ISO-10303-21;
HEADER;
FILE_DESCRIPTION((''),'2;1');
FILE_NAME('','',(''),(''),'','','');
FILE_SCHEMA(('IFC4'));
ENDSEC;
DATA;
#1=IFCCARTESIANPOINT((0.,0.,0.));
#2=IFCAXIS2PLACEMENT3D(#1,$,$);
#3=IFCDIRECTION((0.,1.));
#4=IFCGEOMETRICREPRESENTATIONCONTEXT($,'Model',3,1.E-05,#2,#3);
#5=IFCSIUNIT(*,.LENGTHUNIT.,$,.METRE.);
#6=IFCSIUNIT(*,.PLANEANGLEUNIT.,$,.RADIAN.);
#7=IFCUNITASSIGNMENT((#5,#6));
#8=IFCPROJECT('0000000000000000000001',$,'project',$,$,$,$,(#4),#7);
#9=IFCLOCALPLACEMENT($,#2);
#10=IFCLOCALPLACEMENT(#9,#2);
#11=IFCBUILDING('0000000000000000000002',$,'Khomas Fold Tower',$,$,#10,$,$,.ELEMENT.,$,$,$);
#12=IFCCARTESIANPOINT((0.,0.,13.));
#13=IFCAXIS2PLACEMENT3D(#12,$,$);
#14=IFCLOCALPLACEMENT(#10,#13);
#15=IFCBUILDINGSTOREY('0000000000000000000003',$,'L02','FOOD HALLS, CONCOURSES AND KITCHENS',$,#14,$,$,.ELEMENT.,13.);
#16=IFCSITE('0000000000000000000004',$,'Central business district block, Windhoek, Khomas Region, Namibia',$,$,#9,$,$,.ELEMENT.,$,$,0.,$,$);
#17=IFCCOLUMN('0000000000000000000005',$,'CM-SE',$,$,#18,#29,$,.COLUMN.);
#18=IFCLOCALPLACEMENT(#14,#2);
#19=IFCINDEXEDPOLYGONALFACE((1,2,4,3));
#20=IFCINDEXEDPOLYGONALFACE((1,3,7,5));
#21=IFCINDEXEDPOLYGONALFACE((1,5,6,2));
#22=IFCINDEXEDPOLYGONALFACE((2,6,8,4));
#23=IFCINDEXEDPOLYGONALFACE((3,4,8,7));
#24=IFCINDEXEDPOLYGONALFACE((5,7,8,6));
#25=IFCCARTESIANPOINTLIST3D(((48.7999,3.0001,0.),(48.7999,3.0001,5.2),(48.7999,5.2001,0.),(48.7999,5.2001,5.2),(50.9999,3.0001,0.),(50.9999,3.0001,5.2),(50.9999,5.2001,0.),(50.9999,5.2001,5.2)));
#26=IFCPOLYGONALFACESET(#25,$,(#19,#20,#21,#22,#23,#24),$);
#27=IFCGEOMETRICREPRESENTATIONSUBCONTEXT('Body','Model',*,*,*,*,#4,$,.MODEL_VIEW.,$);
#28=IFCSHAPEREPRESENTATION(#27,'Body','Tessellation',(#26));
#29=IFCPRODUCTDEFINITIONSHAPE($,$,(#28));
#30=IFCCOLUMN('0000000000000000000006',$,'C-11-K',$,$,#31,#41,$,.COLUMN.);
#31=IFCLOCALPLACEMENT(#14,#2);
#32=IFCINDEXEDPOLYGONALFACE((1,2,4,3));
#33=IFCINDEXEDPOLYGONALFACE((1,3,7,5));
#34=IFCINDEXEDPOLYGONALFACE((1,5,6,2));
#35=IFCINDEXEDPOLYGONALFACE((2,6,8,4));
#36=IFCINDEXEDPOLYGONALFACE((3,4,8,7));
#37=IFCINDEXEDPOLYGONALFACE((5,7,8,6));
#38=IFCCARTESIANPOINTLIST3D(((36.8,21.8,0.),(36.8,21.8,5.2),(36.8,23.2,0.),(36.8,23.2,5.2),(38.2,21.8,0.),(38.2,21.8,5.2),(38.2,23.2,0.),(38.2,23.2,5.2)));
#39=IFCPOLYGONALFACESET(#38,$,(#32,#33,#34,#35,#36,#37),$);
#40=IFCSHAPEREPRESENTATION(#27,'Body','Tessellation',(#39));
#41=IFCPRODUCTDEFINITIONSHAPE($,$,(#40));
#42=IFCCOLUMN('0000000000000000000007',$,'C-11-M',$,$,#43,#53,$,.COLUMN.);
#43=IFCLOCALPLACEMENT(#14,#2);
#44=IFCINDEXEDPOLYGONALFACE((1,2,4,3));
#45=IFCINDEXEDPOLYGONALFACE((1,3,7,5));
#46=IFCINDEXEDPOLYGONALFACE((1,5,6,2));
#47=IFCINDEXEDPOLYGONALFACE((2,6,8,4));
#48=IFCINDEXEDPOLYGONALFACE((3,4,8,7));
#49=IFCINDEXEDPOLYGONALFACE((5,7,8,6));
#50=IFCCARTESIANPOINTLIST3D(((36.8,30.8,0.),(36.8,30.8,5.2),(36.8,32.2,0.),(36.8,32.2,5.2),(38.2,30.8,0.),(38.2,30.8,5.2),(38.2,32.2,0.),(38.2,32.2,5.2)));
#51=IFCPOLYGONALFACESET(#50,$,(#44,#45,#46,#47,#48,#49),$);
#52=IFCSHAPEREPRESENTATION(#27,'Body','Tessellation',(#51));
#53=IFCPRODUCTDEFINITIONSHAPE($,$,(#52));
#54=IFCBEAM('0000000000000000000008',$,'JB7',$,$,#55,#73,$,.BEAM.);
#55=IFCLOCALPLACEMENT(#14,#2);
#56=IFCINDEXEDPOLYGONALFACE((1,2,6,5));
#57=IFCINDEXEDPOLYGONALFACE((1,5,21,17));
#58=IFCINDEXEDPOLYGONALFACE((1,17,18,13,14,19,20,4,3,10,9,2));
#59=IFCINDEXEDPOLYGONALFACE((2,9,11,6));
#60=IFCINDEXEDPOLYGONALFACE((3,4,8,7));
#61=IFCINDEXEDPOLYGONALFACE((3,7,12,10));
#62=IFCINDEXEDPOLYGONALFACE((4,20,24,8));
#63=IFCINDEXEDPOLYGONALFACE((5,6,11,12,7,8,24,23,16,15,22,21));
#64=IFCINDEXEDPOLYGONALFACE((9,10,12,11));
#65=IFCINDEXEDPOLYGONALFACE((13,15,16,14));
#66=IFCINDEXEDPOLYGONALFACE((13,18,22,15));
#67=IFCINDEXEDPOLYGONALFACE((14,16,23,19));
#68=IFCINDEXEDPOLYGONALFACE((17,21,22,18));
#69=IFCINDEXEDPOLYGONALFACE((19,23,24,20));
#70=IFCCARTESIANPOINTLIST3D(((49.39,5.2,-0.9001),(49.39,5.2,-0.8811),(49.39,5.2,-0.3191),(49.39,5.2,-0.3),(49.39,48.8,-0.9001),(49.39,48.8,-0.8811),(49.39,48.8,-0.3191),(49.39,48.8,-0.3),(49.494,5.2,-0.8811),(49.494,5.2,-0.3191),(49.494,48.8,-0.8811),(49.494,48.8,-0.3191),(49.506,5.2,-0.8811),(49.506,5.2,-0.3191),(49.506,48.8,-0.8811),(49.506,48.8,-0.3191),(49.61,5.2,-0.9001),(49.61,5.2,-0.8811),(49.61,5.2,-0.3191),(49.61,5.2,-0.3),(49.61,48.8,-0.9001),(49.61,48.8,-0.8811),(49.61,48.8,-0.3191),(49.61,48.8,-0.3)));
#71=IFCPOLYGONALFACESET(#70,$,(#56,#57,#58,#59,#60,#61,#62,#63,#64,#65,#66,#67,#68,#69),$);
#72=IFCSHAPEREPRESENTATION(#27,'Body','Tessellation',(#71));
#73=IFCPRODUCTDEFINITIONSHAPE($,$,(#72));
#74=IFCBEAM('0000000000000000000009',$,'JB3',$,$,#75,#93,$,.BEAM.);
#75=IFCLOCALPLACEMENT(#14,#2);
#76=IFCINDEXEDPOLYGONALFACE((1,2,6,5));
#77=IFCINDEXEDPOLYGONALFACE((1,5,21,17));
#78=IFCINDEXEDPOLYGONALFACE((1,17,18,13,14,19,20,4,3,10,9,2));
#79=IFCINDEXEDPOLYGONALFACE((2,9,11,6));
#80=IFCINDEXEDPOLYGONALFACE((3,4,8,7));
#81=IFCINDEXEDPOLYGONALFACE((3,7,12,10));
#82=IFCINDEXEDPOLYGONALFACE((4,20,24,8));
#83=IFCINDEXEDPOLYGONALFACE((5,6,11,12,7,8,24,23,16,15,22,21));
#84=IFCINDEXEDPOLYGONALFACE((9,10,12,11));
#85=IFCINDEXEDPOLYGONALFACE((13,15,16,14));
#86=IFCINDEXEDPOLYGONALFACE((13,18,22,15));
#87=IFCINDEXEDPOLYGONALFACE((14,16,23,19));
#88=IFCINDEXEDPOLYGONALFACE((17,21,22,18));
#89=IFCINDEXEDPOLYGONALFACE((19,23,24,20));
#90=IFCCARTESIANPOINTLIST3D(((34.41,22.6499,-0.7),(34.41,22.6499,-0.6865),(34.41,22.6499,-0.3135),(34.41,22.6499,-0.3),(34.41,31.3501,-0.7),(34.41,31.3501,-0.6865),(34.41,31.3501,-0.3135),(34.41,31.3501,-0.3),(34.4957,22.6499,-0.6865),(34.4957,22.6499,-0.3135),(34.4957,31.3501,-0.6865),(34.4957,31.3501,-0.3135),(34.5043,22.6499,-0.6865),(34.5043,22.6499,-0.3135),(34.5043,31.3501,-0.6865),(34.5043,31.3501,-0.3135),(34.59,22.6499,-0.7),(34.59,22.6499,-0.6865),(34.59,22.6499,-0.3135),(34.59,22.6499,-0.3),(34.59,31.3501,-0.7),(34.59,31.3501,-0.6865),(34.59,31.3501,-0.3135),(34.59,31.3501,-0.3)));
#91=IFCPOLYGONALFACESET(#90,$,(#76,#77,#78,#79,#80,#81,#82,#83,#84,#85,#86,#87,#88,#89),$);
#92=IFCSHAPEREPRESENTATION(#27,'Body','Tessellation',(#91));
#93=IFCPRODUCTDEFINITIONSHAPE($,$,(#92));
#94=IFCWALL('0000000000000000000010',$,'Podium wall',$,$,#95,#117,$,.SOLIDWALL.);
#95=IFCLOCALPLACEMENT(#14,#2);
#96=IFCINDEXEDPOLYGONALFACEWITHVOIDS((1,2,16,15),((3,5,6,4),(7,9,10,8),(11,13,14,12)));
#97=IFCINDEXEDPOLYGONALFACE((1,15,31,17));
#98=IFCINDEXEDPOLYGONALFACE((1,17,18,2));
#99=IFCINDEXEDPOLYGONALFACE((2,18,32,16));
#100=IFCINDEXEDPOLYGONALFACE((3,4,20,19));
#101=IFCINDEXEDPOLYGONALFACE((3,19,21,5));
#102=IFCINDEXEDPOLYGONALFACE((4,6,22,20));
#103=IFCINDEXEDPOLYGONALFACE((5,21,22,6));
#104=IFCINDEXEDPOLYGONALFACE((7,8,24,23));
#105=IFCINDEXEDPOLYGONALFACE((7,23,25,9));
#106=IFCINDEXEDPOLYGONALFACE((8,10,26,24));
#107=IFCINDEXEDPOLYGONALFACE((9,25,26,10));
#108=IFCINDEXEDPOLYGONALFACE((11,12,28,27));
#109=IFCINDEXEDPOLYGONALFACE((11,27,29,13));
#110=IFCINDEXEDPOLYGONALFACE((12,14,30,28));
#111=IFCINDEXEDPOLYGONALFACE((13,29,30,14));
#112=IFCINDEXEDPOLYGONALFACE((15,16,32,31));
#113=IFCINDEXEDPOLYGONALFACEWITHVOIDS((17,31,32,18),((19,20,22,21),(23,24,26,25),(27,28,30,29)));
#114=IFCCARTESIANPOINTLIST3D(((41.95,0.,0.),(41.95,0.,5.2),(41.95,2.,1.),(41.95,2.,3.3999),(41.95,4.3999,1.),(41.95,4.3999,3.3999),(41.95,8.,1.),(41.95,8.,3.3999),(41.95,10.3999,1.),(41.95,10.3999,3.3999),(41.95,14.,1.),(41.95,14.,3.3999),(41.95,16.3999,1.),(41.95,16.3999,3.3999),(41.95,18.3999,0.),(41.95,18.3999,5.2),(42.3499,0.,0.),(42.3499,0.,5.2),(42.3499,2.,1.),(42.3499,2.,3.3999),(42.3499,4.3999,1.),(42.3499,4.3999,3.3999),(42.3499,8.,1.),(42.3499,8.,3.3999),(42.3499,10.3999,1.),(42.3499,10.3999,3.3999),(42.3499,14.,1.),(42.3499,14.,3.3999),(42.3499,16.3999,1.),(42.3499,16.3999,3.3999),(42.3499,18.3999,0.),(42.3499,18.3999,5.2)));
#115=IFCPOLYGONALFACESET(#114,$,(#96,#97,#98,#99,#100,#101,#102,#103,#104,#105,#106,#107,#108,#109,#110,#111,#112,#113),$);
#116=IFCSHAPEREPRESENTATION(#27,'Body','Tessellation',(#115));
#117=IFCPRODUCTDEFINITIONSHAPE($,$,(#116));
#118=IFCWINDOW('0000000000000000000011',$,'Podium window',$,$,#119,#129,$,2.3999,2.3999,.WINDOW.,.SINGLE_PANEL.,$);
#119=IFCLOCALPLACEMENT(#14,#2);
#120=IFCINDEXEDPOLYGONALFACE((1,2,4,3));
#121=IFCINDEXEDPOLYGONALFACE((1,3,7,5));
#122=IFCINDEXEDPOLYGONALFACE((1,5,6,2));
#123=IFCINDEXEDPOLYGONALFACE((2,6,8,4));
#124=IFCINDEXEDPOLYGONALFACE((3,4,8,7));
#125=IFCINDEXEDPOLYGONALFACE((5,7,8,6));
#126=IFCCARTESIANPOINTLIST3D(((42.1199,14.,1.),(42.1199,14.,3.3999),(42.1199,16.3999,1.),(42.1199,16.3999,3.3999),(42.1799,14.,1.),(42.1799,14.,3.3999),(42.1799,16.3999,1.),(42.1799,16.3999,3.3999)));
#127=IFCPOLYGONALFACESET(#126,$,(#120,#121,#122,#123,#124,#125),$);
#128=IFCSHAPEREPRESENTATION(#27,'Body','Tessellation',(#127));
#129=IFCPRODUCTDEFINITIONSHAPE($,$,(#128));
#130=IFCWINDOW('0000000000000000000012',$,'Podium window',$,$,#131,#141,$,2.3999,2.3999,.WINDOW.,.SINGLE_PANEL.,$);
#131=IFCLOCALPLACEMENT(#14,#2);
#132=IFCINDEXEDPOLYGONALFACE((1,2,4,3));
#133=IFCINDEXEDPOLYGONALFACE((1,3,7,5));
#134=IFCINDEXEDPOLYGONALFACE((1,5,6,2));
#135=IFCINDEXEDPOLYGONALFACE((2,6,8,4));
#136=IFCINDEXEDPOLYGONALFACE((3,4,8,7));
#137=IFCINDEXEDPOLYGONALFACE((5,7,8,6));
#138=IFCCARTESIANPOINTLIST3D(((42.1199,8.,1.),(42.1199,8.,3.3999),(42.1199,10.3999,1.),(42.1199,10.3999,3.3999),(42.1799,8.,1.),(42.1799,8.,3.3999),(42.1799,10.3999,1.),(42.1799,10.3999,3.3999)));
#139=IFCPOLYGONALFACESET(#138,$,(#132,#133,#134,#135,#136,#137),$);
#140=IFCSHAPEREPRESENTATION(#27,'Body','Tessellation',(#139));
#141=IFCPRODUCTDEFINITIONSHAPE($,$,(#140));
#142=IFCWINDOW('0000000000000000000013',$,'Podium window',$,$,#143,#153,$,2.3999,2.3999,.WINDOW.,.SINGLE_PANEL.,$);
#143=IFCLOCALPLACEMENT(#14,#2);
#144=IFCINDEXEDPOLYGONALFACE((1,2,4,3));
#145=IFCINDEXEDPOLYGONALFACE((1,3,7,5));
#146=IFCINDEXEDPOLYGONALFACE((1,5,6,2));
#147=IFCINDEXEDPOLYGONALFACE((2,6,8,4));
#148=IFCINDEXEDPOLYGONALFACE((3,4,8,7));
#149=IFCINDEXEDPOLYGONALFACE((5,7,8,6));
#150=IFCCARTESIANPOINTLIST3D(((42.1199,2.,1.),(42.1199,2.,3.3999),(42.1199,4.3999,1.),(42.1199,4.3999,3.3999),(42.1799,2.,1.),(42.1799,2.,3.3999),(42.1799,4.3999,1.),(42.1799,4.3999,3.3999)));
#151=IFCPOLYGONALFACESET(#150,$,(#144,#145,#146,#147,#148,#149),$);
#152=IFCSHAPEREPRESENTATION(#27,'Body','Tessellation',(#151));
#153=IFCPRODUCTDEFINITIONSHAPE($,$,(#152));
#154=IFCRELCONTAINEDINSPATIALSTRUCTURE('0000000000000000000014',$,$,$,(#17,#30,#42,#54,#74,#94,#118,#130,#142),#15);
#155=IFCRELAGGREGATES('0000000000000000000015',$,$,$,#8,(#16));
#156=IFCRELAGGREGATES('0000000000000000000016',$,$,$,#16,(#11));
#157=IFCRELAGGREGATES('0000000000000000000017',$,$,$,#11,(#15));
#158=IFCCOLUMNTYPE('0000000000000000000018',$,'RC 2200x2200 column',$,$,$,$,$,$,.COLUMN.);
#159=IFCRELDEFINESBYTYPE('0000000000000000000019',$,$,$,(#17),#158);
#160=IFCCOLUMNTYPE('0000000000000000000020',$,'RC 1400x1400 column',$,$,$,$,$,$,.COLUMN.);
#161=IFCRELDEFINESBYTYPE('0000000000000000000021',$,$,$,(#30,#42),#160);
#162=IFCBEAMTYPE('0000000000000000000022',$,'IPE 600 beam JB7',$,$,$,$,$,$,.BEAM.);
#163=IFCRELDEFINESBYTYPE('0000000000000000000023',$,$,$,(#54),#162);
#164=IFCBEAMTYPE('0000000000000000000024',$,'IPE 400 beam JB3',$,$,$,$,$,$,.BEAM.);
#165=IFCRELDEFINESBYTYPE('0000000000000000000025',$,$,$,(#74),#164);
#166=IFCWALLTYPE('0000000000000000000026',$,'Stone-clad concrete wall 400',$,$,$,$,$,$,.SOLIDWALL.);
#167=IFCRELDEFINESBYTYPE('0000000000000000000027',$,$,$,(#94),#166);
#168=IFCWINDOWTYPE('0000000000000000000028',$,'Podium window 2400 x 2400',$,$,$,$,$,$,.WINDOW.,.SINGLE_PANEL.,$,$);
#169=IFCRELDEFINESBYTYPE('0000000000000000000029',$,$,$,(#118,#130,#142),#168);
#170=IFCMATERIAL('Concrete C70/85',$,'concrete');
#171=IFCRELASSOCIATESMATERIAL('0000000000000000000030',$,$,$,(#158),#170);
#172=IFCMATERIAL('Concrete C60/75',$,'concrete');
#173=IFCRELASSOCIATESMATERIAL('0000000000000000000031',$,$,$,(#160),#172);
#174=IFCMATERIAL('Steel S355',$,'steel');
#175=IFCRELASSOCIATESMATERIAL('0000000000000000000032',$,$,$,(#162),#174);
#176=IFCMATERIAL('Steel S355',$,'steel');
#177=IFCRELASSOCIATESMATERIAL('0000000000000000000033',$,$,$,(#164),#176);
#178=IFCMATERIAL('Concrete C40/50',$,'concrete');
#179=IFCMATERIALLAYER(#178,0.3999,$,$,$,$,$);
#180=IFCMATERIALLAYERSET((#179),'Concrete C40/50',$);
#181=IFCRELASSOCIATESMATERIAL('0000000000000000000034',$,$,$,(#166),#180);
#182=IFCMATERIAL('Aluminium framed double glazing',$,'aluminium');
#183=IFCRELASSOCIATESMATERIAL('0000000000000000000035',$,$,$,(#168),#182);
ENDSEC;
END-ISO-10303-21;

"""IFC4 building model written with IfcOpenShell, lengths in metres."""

from ifc_helpers import new_model, si_unit, direction, frame, frame_2d, origin, origin_2d, place, context, subcontext, project, spatial, rectangle, i_section, extrude, source, transform, mapped, material, layer, layer_set, material_profile, profile_set, type_object, element, fill, save


model = new_model("IFC4")

# Units and contexts
model_context = context("Model", 3, precision=1e-05, world=origin(), true_north=direction((0.0, 1.0)))
body_context = subcontext(model_context, "Body", "Model", "MODEL_VIEW")
ifc_project = project(units=[si_unit("LENGTHUNIT", "METRE"), si_unit("PLANEANGLEUNIT", "RADIAN")], contexts=[model_context])

# Site, building, storey
site_placement = place(None, origin())
site = spatial("IfcSite", under=ifc_project, at=site_placement, Name="Central business district block, Windhoek, Khomas Region, Namibia", CompositionType="ELEMENT", RefElevation=0.0)
building_placement = place(site_placement, origin())
building = spatial("IfcBuilding", under=site, at=building_placement, Name="Khomas Fold Tower", CompositionType="ELEMENT")
storey_placement = place(building_placement, frame((0.0, 0.0, 13.0)))
storey = spatial("IfcBuildingStorey", under=building, at=storey_placement, Name="L02", Description="FOOD HALLS, CONCOURSES AND KITCHENS", CompositionType="ELEMENT", Elevation=13.0)

# Columns
ifc_material_1 = material(Name="Concrete C70/85", Category="concrete")
ifc_material_profile_1 = material_profile(ifc_material_1, rectangle(XDim=2.2, YDim=2.2, at=origin_2d()), Name="RC 2200x2200")
ifc_profile_set_1 = profile_set([ifc_material_profile_1], Name="Concrete C70/85")
column_type_1 = type_object("IfcColumnType", Name="RC 2200x2200 column", PredefinedType="COLUMN", material=ifc_profile_set_1)
shared_shape_1 = source(origin(), body_context, "Body", "SweptSolid", [
    extrude(rectangle(XDim=2.2, YDim=2.2, at=origin_2d()), origin(), (0.0, 0.0, 1.0), 5.2),
])
column_placement = place(storey_placement, frame((49.8999, 4.1001, 0.0), z_axis=(0.0, 0.0, 1.0), x_axis=(1.0, 0.0, 0.0)))
element("IfcColumn", 1, at=column_placement, inside=storey, type_object=column_type_1, Name="CM-SE", PredefinedType="COLUMN", context=body_context, shape_type="MappedRepresentation", body=[
    mapped(shared_shape_1, transform((0.0, 0.0, 0.0))),
])
ifc_material_2 = material(Name="Concrete C60/75", Category="concrete")
ifc_material_profile_2 = material_profile(ifc_material_2, rectangle(XDim=1.3999, YDim=1.3999, at=origin_2d()), Name="RC 1400x1400")
ifc_profile_set_2 = profile_set([ifc_material_profile_2], Name="Concrete C60/75")
column_type_2 = type_object("IfcColumnType", Name="RC 1400x1400 column", PredefinedType="COLUMN", material=ifc_profile_set_2)
shared_shape_2 = source(origin(), body_context, "Body", "SweptSolid", [
    extrude(rectangle(XDim=1.3999, YDim=1.3999, at=origin_2d()), origin(), (0.0, 0.0, 1.0), 5.2),
])
for number, where, z_axis, x_axis, name in (
    (2, (37.5, 22.5, 0.0), (0.0, 0.0, 1.0), (1.0, 0.0, 0.0), "C-11-K"),
    (3, (37.5, 31.5, 0.0), (0.0, 0.0, 1.0), (1.0, 0.0, 0.0), "C-11-M"),
):
    element("IfcColumn", number, at=place(storey_placement, frame(where, z_axis=z_axis, x_axis=x_axis)), inside=storey, type_object=column_type_2, Name=name, PredefinedType="COLUMN", context=body_context, shape_type="MappedRepresentation", body=[
        mapped(shared_shape_2, transform((0.0, 0.0, 0.0))),
    ])

# Beams
ifc_material_3 = material(Name="Steel S355", Category="steel")
ifc_material_profile_3 = material_profile(ifc_material_3, i_section(OverallWidth=0.22, OverallDepth=0.6001, WebThickness=0.012, FlangeThickness=0.019, at=origin_2d()), Name="IPE 600")
ifc_profile_set_3 = profile_set([ifc_material_profile_3], Name="Steel S355")
beam_type_1 = type_object("IfcBeamType", Name="IPE 600 beam JB7", PredefinedType="BEAM", material=ifc_profile_set_3)
shared_shape_3 = source(origin(), body_context, "Body", "SweptSolid", [
    extrude(i_section(OverallWidth=0.22, OverallDepth=0.6001, WebThickness=0.012, FlangeThickness=0.019, at=origin_2d()), origin(), (0.0, 0.0, 1.0), 43.6001),
])
beam_1_placement = place(storey_placement, frame((49.5, 5.2, -0.6001), z_axis=(0.0, 1.0, 0.0), x_axis=(-1.0, 0.0, 0.0)))
element("IfcBeam", 4, at=beam_1_placement, inside=storey, type_object=beam_type_1, Name="JB7", PredefinedType="BEAM", context=body_context, shape_type="MappedRepresentation", body=[
    mapped(shared_shape_3, transform((0.0, 0.0, 0.0))),
])
ifc_material_4 = material(Name="Steel S355", Category="steel")
ifc_material_profile_4 = material_profile(ifc_material_4, i_section(OverallWidth=0.1799, OverallDepth=0.3999, WebThickness=0.0085, FlangeThickness=0.0134, at=origin_2d()), Name="IPE 400")
ifc_profile_set_4 = profile_set([ifc_material_profile_4], Name="Steel S355")
beam_type_2 = type_object("IfcBeamType", Name="IPE 400 beam JB3", PredefinedType="BEAM", material=ifc_profile_set_4)
shared_shape_4 = source(origin(), body_context, "Body", "SweptSolid", [
    extrude(i_section(OverallWidth=0.1799, OverallDepth=0.3999, WebThickness=0.0085, FlangeThickness=0.0134, at=origin_2d()), origin(), (0.0, 0.0, 1.0), 8.7002),
])
beam_2_placement = place(storey_placement, frame((34.5, 22.6499, -0.5), z_axis=(0.0, 1.0, 0.0), x_axis=(-1.0, 0.0, 0.0)))
element("IfcBeam", 5, at=beam_2_placement, inside=storey, type_object=beam_type_2, Name="JB3", PredefinedType="BEAM", context=body_context, shape_type="MappedRepresentation", body=[
    mapped(shared_shape_4, transform((0.0, 0.0, 0.0))),
])

# Wall, openings, windows
ifc_material_5 = material(Name="Concrete C40/50", Category="concrete")
ifc_layer_1 = layer(ifc_material_5, 0.3999)
ifc_layer_set_1 = layer_set([ifc_layer_1], Name="Concrete C40/50")
wall_type_1 = type_object("IfcWallType", Name="Stone-clad concrete wall 400", PredefinedType="SOLIDWALL", material=ifc_layer_set_1)
shared_shape_5 = source(origin(), body_context, "Body", "SweptSolid", [
    extrude(rectangle(XDim=18.3999, YDim=0.3999, at=frame_2d((9.2, 0.0))), origin(), (0.0, 0.0, 1.0), 5.2),
])
wall_1_placement = place(storey_placement, frame((42.1499, 18.3999, 0.0), z_axis=(0.0, 0.0, 1.0), x_axis=(0.0, -1.0, 0.0)))
wall_1 = element("IfcWall", 6, at=wall_1_placement, inside=storey, type_object=wall_type_1, Name="Podium wall", PredefinedType="SOLIDWALL", context=body_context, shape_type="MappedRepresentation", body=[
    mapped(shared_shape_5, transform((0.0, 0.0, 0.0))),
])
shared_shape_6 = source(origin(), body_context, "Body", "SweptSolid", [
    extrude(rectangle(XDim=2.3999, YDim=2.3999, at=frame_2d((1.2, 1.2))), frame((0.0, 0.21, 0.0), z_axis=(0.0, -1.0, 0.0), x_axis=(1.0, 0.0, 0.0)), (0.0, 0.0, 1.0), 0.4199),
])
opening_1_placement = place(wall_1_placement, frame((2.0, 0.0, 1.0)))
opening_1 = element("IfcOpeningElement", 7, at=opening_1_placement, cuts=wall_1, PredefinedType="OPENING", context=body_context, shape_type="MappedRepresentation", body=[
    mapped(shared_shape_6, transform((0.0, 0.0, 0.0))),
])
opening_2_placement = place(wall_1_placement, frame((8.0, 0.0, 1.0)))
opening_2 = element("IfcOpeningElement", 8, at=opening_2_placement, cuts=wall_1, PredefinedType="OPENING", context=body_context, shape_type="MappedRepresentation", body=[
    mapped(shared_shape_6, transform((0.0, 0.0, 0.0))),
])
opening_3_placement = place(wall_1_placement, frame((14.0, 0.0, 1.0)))
opening_3 = element("IfcOpeningElement", 9, at=opening_3_placement, cuts=wall_1, PredefinedType="OPENING", context=body_context, shape_type="MappedRepresentation", body=[
    mapped(shared_shape_6, transform((0.0, 0.0, 0.0))),
])
ifc_material_6 = material(Name="Aluminium framed double glazing", Category="aluminium")
window_type = type_object("IfcWindowType", Name="Podium window 2400 x 2400", PartitioningType="SINGLE_PANEL", PredefinedType="WINDOW", material=ifc_material_6)
shared_shape_7 = source(origin(), body_context, "Body", "SweptSolid", [
    extrude(rectangle(XDim=2.3999, YDim=2.3999, at=frame_2d((1.2, 1.2))), frame((0.0, 0.03, 0.0), z_axis=(0.0, -1.0, 0.0), x_axis=(1.0, 0.0, 0.0)), (0.0, 0.0, 1.0), 0.0601),
])
window_1_placement = place(opening_1_placement, origin())
window_1 = element("IfcWindow", 10, at=window_1_placement, inside=storey, type_object=window_type, Name="Podium window", OverallHeight=2.3999, OverallWidth=2.3999, PartitioningType="SINGLE_PANEL", PredefinedType="WINDOW", context=body_context, shape_type="MappedRepresentation", body=[
    mapped(shared_shape_7, transform((0.0, 0.0, 0.0))),
])
fill(opening_1, window_1)
window_2_placement = place(opening_2_placement, origin())
window_2 = element("IfcWindow", 11, at=window_2_placement, inside=storey, type_object=window_type, Name="Podium window", OverallHeight=2.3999, OverallWidth=2.3999, PartitioningType="SINGLE_PANEL", PredefinedType="WINDOW", context=body_context, shape_type="MappedRepresentation", body=[
    mapped(shared_shape_7, transform((0.0, 0.0, 0.0))),
])
fill(opening_2, window_2)
window_3_placement = place(opening_3_placement, origin())
window_3 = element("IfcWindow", 12, at=window_3_placement, inside=storey, type_object=window_type, Name="Podium window", OverallHeight=2.3999, OverallWidth=2.3999, PartitioningType="SINGLE_PANEL", PredefinedType="WINDOW", context=body_context, shape_type="MappedRepresentation", body=[
    mapped(shared_shape_7, transform((0.0, 0.0, 0.0))),
])
fill(opening_3, window_3)

save(model, "model.ifc")
